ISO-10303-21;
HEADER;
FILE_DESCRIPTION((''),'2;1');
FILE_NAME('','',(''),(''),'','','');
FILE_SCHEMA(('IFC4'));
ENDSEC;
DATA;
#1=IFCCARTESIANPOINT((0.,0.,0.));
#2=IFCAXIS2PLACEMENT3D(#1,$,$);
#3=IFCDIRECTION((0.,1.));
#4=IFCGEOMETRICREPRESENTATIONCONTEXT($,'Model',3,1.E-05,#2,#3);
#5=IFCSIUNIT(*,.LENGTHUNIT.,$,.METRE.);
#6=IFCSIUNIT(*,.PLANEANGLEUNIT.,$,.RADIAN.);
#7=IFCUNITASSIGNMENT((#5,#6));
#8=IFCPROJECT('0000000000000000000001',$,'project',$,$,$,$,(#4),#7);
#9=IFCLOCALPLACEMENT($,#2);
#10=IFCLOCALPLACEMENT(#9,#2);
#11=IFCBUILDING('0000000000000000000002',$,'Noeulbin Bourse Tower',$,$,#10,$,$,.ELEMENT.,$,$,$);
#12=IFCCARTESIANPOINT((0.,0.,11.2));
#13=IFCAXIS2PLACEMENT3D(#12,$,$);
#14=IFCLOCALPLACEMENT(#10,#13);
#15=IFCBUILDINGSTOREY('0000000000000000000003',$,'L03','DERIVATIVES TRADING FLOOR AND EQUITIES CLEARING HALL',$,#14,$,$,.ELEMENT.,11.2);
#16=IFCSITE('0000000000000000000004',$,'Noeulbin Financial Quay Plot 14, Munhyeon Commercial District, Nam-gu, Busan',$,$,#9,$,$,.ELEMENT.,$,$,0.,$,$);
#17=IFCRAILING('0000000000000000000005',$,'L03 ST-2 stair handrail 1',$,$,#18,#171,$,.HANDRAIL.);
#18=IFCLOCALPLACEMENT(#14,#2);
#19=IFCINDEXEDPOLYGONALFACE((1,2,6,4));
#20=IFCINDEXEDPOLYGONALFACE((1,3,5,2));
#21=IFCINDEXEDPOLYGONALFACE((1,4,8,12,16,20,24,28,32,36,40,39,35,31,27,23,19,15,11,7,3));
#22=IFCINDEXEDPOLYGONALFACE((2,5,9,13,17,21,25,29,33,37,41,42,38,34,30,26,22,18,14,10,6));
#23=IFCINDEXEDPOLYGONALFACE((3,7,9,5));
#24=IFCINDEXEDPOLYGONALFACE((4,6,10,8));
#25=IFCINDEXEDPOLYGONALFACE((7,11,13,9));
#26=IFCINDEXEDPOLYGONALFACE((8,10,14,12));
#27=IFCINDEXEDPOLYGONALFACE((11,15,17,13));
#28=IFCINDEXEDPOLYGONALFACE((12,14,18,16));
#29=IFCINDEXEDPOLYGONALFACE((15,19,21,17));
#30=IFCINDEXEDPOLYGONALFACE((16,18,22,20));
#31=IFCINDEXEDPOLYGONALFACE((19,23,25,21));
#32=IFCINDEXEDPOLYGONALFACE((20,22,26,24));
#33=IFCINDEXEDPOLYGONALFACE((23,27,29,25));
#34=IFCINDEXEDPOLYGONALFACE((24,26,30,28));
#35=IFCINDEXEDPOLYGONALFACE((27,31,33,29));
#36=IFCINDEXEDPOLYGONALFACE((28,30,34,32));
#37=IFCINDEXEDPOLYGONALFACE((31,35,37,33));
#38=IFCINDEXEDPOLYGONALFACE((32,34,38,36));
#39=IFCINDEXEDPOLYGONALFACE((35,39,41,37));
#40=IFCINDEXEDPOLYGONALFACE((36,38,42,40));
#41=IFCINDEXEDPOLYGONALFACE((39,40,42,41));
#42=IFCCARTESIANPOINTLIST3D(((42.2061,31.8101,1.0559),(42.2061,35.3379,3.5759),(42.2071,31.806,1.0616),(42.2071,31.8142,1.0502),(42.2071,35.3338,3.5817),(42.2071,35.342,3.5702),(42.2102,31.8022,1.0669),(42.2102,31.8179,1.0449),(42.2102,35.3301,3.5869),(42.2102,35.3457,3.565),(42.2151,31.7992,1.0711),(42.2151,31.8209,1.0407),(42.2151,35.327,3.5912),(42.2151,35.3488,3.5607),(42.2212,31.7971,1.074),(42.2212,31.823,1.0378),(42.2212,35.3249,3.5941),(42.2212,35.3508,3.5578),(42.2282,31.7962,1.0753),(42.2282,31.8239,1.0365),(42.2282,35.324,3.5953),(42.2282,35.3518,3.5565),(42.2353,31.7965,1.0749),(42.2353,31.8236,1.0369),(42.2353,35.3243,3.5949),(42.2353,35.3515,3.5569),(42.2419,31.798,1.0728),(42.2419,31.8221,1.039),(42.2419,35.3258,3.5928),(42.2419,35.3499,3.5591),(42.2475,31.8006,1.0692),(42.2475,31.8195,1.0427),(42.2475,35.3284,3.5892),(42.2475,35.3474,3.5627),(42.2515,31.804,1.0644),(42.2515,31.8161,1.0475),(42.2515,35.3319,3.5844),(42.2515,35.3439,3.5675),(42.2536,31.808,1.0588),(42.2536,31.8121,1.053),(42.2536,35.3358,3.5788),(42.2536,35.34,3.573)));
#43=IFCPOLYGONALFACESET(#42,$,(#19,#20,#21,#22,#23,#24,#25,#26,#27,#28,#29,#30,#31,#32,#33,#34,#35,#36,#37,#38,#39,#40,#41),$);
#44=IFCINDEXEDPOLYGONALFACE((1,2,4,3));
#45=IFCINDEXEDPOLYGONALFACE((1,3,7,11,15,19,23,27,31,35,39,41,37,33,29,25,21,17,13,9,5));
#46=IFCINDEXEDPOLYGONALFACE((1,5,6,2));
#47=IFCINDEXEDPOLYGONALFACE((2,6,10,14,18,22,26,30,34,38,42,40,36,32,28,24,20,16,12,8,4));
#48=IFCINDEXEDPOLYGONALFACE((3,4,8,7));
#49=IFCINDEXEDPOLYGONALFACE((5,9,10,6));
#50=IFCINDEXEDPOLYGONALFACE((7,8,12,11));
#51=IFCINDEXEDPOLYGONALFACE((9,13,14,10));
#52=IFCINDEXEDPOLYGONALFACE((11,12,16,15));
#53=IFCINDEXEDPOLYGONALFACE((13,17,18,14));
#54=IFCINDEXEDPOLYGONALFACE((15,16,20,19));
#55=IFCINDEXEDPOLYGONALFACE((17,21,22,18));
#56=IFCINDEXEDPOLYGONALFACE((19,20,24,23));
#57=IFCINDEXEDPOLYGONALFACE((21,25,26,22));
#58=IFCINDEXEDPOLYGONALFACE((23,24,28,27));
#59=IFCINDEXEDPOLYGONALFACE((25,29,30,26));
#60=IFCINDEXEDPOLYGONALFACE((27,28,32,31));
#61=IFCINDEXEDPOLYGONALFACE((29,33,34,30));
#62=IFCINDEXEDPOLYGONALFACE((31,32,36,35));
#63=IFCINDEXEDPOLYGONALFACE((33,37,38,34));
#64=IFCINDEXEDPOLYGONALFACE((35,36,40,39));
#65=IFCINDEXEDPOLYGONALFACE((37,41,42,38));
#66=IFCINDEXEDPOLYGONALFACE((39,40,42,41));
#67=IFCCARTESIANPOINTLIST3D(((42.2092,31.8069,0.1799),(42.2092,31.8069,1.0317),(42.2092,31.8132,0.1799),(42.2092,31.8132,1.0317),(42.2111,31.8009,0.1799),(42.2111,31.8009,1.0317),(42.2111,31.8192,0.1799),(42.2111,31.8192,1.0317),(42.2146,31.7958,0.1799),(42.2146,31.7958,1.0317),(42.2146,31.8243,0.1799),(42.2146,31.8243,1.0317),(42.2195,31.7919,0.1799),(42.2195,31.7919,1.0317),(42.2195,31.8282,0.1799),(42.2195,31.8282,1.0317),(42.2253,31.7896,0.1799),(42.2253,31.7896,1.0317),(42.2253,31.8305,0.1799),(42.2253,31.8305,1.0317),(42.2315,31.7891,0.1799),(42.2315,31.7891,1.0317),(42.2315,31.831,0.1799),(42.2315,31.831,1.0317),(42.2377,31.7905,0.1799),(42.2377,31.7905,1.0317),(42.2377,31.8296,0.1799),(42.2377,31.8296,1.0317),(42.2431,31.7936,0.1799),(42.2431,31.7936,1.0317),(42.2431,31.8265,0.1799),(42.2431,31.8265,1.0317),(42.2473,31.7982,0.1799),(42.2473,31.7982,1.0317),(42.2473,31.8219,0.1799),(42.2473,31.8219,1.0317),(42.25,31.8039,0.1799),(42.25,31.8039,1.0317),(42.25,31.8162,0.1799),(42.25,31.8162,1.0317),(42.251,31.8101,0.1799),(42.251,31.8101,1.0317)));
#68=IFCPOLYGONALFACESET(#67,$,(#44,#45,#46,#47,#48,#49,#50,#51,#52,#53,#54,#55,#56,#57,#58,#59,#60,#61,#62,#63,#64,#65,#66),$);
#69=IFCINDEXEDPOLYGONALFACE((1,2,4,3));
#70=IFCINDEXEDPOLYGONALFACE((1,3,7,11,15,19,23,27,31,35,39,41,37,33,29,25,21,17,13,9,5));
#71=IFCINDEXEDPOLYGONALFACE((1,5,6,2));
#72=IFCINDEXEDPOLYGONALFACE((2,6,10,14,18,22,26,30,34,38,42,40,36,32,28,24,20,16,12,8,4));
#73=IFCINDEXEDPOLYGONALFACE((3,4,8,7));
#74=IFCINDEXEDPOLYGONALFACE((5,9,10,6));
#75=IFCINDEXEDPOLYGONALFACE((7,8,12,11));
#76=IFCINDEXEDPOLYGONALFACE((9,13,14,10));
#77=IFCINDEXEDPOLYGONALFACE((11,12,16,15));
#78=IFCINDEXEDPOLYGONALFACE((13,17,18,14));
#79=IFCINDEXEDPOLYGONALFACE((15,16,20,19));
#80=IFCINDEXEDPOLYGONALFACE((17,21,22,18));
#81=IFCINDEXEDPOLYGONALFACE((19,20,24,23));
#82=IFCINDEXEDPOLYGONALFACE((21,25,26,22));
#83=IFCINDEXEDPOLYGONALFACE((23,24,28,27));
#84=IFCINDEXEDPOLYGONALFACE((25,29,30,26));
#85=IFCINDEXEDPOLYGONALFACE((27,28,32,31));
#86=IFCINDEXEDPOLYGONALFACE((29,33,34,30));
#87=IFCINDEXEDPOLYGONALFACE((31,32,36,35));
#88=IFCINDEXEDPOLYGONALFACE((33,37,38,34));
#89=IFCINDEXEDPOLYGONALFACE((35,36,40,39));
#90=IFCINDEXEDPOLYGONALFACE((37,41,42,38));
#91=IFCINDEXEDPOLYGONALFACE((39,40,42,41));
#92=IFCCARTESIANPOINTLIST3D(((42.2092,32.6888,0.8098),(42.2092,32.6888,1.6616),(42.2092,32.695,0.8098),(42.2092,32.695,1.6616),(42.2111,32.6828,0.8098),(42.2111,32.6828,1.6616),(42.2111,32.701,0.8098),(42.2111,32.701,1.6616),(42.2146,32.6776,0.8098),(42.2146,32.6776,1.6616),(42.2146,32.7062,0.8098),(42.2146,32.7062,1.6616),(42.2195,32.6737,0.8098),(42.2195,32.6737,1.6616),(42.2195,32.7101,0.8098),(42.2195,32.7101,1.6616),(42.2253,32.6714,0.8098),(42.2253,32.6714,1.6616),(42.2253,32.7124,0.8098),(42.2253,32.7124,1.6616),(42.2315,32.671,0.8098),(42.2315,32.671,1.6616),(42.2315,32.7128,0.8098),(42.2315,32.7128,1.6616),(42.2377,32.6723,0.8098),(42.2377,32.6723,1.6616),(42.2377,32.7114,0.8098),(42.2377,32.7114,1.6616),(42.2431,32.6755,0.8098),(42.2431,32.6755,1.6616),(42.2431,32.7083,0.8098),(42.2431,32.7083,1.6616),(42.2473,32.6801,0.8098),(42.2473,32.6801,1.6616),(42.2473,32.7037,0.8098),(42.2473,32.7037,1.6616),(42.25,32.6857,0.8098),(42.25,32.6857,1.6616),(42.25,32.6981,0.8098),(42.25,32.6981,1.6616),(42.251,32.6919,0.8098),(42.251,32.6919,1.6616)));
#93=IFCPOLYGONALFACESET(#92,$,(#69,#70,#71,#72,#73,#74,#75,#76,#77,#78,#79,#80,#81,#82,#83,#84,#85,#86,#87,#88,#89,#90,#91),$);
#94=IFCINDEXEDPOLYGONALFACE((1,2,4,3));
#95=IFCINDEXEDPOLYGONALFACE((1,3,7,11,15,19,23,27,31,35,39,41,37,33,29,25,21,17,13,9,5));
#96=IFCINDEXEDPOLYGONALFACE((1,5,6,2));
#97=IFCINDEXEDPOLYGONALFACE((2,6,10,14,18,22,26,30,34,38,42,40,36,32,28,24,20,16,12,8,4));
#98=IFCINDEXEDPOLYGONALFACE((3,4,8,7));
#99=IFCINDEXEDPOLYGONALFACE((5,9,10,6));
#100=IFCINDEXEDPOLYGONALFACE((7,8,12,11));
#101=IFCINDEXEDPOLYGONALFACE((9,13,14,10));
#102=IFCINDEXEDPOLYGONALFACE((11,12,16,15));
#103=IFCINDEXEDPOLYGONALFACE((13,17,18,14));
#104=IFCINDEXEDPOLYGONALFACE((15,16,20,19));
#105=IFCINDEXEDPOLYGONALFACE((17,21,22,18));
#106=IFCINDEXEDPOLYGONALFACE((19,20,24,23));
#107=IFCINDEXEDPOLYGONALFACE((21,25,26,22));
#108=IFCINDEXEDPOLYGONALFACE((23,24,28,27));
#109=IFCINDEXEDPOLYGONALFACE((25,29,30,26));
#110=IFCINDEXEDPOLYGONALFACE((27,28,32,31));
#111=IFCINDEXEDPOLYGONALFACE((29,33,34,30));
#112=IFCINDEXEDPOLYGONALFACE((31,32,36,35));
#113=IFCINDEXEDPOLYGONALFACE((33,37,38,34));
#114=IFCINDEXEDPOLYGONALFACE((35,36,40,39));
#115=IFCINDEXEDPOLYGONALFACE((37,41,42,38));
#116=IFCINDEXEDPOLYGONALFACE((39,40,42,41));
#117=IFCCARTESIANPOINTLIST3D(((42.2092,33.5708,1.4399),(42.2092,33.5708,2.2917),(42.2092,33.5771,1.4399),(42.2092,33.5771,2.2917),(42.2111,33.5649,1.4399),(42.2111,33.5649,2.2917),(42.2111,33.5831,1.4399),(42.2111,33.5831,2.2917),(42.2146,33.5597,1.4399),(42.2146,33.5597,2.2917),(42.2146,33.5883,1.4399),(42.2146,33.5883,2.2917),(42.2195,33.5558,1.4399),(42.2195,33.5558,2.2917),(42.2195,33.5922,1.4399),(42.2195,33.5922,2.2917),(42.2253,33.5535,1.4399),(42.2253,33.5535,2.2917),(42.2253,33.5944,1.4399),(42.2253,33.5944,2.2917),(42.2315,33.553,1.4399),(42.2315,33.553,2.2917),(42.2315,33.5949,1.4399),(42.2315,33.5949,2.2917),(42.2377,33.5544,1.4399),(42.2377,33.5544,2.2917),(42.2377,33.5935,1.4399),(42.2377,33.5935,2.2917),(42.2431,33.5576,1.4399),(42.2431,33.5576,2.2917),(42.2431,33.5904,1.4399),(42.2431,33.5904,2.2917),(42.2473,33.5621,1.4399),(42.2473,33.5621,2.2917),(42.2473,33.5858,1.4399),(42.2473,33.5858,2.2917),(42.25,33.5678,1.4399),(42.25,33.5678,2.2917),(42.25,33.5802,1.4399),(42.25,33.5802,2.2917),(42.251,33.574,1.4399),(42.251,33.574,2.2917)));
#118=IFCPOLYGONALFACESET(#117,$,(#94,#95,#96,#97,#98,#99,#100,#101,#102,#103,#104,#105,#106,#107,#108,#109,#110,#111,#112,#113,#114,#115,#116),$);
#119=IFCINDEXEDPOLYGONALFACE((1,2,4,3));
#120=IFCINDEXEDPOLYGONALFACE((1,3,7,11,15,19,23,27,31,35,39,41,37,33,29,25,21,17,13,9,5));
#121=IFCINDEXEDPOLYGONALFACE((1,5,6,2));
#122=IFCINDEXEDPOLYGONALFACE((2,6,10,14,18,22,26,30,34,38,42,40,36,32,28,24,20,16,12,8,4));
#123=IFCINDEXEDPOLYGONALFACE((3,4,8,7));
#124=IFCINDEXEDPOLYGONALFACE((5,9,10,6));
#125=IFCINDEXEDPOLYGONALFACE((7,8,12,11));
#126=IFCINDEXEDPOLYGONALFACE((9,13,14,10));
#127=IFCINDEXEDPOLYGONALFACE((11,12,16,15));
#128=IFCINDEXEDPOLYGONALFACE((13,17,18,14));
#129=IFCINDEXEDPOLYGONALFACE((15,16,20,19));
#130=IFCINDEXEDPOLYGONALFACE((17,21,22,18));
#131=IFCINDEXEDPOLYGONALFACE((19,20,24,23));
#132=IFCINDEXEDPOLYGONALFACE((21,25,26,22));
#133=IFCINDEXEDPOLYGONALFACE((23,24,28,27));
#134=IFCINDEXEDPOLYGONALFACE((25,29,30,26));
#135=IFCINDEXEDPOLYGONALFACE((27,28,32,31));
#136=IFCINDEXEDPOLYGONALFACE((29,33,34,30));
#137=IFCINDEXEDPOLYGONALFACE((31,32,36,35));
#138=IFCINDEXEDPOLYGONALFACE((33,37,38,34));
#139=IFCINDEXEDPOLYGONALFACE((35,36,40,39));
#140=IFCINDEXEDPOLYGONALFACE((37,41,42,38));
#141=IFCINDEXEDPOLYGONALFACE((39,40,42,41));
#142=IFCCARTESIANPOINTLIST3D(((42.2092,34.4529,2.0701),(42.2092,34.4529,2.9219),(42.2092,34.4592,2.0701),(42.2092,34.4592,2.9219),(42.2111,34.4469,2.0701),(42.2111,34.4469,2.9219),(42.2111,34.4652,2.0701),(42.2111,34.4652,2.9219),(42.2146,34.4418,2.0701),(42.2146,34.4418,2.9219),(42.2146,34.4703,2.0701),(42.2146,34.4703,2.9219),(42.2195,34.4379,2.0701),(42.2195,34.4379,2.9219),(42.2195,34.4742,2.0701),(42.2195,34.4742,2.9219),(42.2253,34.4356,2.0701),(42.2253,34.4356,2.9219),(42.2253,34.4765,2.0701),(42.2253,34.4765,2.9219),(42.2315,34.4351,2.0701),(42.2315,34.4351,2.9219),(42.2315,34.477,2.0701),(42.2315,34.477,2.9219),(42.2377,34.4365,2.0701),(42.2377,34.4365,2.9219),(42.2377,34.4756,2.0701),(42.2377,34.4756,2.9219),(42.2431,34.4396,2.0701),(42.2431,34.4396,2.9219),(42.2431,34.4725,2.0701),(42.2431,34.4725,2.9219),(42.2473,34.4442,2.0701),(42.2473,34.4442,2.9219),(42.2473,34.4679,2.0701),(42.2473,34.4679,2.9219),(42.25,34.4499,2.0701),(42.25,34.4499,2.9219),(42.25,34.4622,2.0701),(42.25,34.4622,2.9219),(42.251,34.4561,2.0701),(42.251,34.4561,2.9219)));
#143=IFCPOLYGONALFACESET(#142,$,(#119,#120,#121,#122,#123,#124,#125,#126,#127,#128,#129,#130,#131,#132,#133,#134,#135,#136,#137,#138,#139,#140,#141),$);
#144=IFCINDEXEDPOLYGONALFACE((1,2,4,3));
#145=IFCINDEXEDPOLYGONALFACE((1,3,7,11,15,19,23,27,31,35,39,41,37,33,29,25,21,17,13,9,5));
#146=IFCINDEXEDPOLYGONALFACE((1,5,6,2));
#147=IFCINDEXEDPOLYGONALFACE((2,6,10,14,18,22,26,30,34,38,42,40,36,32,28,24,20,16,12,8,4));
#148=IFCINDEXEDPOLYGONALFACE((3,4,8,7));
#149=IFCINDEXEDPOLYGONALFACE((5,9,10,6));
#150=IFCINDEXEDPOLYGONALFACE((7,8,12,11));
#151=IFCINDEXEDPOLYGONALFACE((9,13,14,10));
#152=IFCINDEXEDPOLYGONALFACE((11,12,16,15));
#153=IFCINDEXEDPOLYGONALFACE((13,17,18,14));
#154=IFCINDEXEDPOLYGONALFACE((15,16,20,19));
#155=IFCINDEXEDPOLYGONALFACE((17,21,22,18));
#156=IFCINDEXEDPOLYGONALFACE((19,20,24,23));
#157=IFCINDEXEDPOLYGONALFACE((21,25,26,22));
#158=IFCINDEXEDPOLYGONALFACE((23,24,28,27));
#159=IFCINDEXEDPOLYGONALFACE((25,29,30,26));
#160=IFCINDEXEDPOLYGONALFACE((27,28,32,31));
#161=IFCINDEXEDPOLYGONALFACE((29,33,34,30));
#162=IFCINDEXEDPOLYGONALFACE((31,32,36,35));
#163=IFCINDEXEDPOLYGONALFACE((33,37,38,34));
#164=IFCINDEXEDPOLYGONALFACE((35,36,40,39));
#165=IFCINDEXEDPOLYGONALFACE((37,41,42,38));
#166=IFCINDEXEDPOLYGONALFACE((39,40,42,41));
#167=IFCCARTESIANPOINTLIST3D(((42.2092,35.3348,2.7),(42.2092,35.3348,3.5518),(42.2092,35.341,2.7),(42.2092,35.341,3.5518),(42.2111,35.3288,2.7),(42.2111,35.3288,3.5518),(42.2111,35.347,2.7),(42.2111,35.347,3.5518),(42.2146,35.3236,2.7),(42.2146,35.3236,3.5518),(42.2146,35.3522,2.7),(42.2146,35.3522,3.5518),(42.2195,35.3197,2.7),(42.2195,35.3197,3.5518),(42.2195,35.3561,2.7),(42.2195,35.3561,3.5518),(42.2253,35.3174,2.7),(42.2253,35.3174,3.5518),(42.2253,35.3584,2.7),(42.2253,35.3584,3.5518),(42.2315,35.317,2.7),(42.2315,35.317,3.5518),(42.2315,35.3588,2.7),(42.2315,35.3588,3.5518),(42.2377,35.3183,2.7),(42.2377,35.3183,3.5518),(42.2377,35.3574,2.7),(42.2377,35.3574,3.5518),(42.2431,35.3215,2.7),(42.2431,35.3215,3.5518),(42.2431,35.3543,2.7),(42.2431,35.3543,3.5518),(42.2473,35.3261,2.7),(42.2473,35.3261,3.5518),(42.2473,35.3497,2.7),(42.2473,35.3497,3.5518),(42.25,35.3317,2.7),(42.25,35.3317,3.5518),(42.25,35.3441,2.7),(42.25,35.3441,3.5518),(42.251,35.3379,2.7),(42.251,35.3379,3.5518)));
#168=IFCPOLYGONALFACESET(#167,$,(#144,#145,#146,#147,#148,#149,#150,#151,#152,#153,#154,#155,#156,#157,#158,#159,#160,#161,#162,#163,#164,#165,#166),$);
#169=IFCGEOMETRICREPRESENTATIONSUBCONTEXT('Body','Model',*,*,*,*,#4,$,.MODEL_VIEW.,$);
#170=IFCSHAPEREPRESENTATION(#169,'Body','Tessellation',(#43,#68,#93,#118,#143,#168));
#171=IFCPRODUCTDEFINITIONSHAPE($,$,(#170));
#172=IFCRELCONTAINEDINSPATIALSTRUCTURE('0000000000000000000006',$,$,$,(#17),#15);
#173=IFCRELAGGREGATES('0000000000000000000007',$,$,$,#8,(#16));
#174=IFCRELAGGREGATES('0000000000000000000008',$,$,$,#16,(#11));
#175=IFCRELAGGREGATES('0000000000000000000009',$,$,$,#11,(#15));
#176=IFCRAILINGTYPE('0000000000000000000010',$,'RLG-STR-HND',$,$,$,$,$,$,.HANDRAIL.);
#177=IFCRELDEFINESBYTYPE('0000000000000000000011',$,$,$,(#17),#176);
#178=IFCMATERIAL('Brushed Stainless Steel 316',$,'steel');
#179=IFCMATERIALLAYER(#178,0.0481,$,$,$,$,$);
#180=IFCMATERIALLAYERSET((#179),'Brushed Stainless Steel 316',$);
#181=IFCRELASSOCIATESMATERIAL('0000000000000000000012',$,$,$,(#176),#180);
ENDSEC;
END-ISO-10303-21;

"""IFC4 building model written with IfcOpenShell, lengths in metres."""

from ifc_helpers import new_model, si_unit, direction, frame, origin, origin_2d, place, context, subcontext, project, spatial, circle, extrude, material, layer, layer_set, type_object, element, save


model = new_model("IFC4")

# Units and contexts
model_context = context("Model", 3, precision=1e-05, world=origin(), true_north=direction((0.0, 1.0)))
body_context = subcontext(model_context, "Body", "Model", "MODEL_VIEW")
ifc_project = project(units=[si_unit("LENGTHUNIT", "METRE"), si_unit("PLANEANGLEUNIT", "RADIAN")], contexts=[model_context])

# Site, building, storey
site_placement = place(None, origin())
site = spatial("IfcSite", under=ifc_project, at=site_placement, Name="Noeulbin Financial Quay Plot 14, Munhyeon Commercial District, Nam-gu, Busan", CompositionType="ELEMENT", RefElevation=0.0)
building_placement = place(site_placement, origin())
building = spatial("IfcBuilding", under=site, at=building_placement, Name="Noeulbin Bourse Tower", CompositionType="ELEMENT")
storey_placement = place(building_placement, frame((0.0, 0.0, 11.2)))
storey = spatial("IfcBuildingStorey", under=building, at=storey_placement, Name="L03", Description="DERIVATIVES TRADING FLOOR AND EQUITIES CLEARING HALL", CompositionType="ELEMENT", Elevation=11.2)

# Railing
ifc_material_1 = material(Name="Brushed Stainless Steel 316", Category="steel")
ifc_layer_1 = layer(ifc_material_1, 0.0481)
ifc_layer_set_1 = layer_set([ifc_layer_1], Name="Brushed Stainless Steel 316")
railing_type_1 = type_object("IfcRailingType", Name="RLG-STR-HND", PredefinedType="HANDRAIL", material=ifc_layer_set_1)
railing_1_placement = place(storey_placement, frame((42.23, 31.8101, 0.1799)))
element("IfcRailing", 1, at=railing_1_placement, inside=storey, type_object=railing_type_1, Name="L03 ST-2 stair handrail 1", PredefinedType="HANDRAIL", context=body_context, shape_type="SweptSolid", body=[
    extrude(circle(Radius=0.0239, at=origin_2d()), frame((0.0, 0.0, 0.876), z_axis=(0.0, 0.813718, 0.58126), x_axis=(-1.0, 0.0, 0.0)), (0.0, 0.0, 1.0), 4.3354),
    extrude(circle(Radius=0.021, at=origin_2d()), origin(), (0.0, 0.0, 1.0), 0.8518),
    extrude(circle(Radius=0.021, at=origin_2d()), frame((0.0, 0.8818, 0.6299)), (0.0, 0.0, 1.0), 0.8518),
    extrude(circle(Radius=0.021, at=origin_2d()), frame((0.0, 1.7639, 1.26)), (0.0, 0.0, 1.0), 0.8518),
    extrude(circle(Radius=0.021, at=origin_2d()), frame((0.0, 2.646, 1.8901)), (0.0, 0.0, 1.0), 0.8518),
    extrude(circle(Radius=0.021, at=origin_2d()), frame((0.0, 3.5278, 2.52)), (0.0, 0.0, 1.0), 0.8518),
])

save(model, "model.ifc")
